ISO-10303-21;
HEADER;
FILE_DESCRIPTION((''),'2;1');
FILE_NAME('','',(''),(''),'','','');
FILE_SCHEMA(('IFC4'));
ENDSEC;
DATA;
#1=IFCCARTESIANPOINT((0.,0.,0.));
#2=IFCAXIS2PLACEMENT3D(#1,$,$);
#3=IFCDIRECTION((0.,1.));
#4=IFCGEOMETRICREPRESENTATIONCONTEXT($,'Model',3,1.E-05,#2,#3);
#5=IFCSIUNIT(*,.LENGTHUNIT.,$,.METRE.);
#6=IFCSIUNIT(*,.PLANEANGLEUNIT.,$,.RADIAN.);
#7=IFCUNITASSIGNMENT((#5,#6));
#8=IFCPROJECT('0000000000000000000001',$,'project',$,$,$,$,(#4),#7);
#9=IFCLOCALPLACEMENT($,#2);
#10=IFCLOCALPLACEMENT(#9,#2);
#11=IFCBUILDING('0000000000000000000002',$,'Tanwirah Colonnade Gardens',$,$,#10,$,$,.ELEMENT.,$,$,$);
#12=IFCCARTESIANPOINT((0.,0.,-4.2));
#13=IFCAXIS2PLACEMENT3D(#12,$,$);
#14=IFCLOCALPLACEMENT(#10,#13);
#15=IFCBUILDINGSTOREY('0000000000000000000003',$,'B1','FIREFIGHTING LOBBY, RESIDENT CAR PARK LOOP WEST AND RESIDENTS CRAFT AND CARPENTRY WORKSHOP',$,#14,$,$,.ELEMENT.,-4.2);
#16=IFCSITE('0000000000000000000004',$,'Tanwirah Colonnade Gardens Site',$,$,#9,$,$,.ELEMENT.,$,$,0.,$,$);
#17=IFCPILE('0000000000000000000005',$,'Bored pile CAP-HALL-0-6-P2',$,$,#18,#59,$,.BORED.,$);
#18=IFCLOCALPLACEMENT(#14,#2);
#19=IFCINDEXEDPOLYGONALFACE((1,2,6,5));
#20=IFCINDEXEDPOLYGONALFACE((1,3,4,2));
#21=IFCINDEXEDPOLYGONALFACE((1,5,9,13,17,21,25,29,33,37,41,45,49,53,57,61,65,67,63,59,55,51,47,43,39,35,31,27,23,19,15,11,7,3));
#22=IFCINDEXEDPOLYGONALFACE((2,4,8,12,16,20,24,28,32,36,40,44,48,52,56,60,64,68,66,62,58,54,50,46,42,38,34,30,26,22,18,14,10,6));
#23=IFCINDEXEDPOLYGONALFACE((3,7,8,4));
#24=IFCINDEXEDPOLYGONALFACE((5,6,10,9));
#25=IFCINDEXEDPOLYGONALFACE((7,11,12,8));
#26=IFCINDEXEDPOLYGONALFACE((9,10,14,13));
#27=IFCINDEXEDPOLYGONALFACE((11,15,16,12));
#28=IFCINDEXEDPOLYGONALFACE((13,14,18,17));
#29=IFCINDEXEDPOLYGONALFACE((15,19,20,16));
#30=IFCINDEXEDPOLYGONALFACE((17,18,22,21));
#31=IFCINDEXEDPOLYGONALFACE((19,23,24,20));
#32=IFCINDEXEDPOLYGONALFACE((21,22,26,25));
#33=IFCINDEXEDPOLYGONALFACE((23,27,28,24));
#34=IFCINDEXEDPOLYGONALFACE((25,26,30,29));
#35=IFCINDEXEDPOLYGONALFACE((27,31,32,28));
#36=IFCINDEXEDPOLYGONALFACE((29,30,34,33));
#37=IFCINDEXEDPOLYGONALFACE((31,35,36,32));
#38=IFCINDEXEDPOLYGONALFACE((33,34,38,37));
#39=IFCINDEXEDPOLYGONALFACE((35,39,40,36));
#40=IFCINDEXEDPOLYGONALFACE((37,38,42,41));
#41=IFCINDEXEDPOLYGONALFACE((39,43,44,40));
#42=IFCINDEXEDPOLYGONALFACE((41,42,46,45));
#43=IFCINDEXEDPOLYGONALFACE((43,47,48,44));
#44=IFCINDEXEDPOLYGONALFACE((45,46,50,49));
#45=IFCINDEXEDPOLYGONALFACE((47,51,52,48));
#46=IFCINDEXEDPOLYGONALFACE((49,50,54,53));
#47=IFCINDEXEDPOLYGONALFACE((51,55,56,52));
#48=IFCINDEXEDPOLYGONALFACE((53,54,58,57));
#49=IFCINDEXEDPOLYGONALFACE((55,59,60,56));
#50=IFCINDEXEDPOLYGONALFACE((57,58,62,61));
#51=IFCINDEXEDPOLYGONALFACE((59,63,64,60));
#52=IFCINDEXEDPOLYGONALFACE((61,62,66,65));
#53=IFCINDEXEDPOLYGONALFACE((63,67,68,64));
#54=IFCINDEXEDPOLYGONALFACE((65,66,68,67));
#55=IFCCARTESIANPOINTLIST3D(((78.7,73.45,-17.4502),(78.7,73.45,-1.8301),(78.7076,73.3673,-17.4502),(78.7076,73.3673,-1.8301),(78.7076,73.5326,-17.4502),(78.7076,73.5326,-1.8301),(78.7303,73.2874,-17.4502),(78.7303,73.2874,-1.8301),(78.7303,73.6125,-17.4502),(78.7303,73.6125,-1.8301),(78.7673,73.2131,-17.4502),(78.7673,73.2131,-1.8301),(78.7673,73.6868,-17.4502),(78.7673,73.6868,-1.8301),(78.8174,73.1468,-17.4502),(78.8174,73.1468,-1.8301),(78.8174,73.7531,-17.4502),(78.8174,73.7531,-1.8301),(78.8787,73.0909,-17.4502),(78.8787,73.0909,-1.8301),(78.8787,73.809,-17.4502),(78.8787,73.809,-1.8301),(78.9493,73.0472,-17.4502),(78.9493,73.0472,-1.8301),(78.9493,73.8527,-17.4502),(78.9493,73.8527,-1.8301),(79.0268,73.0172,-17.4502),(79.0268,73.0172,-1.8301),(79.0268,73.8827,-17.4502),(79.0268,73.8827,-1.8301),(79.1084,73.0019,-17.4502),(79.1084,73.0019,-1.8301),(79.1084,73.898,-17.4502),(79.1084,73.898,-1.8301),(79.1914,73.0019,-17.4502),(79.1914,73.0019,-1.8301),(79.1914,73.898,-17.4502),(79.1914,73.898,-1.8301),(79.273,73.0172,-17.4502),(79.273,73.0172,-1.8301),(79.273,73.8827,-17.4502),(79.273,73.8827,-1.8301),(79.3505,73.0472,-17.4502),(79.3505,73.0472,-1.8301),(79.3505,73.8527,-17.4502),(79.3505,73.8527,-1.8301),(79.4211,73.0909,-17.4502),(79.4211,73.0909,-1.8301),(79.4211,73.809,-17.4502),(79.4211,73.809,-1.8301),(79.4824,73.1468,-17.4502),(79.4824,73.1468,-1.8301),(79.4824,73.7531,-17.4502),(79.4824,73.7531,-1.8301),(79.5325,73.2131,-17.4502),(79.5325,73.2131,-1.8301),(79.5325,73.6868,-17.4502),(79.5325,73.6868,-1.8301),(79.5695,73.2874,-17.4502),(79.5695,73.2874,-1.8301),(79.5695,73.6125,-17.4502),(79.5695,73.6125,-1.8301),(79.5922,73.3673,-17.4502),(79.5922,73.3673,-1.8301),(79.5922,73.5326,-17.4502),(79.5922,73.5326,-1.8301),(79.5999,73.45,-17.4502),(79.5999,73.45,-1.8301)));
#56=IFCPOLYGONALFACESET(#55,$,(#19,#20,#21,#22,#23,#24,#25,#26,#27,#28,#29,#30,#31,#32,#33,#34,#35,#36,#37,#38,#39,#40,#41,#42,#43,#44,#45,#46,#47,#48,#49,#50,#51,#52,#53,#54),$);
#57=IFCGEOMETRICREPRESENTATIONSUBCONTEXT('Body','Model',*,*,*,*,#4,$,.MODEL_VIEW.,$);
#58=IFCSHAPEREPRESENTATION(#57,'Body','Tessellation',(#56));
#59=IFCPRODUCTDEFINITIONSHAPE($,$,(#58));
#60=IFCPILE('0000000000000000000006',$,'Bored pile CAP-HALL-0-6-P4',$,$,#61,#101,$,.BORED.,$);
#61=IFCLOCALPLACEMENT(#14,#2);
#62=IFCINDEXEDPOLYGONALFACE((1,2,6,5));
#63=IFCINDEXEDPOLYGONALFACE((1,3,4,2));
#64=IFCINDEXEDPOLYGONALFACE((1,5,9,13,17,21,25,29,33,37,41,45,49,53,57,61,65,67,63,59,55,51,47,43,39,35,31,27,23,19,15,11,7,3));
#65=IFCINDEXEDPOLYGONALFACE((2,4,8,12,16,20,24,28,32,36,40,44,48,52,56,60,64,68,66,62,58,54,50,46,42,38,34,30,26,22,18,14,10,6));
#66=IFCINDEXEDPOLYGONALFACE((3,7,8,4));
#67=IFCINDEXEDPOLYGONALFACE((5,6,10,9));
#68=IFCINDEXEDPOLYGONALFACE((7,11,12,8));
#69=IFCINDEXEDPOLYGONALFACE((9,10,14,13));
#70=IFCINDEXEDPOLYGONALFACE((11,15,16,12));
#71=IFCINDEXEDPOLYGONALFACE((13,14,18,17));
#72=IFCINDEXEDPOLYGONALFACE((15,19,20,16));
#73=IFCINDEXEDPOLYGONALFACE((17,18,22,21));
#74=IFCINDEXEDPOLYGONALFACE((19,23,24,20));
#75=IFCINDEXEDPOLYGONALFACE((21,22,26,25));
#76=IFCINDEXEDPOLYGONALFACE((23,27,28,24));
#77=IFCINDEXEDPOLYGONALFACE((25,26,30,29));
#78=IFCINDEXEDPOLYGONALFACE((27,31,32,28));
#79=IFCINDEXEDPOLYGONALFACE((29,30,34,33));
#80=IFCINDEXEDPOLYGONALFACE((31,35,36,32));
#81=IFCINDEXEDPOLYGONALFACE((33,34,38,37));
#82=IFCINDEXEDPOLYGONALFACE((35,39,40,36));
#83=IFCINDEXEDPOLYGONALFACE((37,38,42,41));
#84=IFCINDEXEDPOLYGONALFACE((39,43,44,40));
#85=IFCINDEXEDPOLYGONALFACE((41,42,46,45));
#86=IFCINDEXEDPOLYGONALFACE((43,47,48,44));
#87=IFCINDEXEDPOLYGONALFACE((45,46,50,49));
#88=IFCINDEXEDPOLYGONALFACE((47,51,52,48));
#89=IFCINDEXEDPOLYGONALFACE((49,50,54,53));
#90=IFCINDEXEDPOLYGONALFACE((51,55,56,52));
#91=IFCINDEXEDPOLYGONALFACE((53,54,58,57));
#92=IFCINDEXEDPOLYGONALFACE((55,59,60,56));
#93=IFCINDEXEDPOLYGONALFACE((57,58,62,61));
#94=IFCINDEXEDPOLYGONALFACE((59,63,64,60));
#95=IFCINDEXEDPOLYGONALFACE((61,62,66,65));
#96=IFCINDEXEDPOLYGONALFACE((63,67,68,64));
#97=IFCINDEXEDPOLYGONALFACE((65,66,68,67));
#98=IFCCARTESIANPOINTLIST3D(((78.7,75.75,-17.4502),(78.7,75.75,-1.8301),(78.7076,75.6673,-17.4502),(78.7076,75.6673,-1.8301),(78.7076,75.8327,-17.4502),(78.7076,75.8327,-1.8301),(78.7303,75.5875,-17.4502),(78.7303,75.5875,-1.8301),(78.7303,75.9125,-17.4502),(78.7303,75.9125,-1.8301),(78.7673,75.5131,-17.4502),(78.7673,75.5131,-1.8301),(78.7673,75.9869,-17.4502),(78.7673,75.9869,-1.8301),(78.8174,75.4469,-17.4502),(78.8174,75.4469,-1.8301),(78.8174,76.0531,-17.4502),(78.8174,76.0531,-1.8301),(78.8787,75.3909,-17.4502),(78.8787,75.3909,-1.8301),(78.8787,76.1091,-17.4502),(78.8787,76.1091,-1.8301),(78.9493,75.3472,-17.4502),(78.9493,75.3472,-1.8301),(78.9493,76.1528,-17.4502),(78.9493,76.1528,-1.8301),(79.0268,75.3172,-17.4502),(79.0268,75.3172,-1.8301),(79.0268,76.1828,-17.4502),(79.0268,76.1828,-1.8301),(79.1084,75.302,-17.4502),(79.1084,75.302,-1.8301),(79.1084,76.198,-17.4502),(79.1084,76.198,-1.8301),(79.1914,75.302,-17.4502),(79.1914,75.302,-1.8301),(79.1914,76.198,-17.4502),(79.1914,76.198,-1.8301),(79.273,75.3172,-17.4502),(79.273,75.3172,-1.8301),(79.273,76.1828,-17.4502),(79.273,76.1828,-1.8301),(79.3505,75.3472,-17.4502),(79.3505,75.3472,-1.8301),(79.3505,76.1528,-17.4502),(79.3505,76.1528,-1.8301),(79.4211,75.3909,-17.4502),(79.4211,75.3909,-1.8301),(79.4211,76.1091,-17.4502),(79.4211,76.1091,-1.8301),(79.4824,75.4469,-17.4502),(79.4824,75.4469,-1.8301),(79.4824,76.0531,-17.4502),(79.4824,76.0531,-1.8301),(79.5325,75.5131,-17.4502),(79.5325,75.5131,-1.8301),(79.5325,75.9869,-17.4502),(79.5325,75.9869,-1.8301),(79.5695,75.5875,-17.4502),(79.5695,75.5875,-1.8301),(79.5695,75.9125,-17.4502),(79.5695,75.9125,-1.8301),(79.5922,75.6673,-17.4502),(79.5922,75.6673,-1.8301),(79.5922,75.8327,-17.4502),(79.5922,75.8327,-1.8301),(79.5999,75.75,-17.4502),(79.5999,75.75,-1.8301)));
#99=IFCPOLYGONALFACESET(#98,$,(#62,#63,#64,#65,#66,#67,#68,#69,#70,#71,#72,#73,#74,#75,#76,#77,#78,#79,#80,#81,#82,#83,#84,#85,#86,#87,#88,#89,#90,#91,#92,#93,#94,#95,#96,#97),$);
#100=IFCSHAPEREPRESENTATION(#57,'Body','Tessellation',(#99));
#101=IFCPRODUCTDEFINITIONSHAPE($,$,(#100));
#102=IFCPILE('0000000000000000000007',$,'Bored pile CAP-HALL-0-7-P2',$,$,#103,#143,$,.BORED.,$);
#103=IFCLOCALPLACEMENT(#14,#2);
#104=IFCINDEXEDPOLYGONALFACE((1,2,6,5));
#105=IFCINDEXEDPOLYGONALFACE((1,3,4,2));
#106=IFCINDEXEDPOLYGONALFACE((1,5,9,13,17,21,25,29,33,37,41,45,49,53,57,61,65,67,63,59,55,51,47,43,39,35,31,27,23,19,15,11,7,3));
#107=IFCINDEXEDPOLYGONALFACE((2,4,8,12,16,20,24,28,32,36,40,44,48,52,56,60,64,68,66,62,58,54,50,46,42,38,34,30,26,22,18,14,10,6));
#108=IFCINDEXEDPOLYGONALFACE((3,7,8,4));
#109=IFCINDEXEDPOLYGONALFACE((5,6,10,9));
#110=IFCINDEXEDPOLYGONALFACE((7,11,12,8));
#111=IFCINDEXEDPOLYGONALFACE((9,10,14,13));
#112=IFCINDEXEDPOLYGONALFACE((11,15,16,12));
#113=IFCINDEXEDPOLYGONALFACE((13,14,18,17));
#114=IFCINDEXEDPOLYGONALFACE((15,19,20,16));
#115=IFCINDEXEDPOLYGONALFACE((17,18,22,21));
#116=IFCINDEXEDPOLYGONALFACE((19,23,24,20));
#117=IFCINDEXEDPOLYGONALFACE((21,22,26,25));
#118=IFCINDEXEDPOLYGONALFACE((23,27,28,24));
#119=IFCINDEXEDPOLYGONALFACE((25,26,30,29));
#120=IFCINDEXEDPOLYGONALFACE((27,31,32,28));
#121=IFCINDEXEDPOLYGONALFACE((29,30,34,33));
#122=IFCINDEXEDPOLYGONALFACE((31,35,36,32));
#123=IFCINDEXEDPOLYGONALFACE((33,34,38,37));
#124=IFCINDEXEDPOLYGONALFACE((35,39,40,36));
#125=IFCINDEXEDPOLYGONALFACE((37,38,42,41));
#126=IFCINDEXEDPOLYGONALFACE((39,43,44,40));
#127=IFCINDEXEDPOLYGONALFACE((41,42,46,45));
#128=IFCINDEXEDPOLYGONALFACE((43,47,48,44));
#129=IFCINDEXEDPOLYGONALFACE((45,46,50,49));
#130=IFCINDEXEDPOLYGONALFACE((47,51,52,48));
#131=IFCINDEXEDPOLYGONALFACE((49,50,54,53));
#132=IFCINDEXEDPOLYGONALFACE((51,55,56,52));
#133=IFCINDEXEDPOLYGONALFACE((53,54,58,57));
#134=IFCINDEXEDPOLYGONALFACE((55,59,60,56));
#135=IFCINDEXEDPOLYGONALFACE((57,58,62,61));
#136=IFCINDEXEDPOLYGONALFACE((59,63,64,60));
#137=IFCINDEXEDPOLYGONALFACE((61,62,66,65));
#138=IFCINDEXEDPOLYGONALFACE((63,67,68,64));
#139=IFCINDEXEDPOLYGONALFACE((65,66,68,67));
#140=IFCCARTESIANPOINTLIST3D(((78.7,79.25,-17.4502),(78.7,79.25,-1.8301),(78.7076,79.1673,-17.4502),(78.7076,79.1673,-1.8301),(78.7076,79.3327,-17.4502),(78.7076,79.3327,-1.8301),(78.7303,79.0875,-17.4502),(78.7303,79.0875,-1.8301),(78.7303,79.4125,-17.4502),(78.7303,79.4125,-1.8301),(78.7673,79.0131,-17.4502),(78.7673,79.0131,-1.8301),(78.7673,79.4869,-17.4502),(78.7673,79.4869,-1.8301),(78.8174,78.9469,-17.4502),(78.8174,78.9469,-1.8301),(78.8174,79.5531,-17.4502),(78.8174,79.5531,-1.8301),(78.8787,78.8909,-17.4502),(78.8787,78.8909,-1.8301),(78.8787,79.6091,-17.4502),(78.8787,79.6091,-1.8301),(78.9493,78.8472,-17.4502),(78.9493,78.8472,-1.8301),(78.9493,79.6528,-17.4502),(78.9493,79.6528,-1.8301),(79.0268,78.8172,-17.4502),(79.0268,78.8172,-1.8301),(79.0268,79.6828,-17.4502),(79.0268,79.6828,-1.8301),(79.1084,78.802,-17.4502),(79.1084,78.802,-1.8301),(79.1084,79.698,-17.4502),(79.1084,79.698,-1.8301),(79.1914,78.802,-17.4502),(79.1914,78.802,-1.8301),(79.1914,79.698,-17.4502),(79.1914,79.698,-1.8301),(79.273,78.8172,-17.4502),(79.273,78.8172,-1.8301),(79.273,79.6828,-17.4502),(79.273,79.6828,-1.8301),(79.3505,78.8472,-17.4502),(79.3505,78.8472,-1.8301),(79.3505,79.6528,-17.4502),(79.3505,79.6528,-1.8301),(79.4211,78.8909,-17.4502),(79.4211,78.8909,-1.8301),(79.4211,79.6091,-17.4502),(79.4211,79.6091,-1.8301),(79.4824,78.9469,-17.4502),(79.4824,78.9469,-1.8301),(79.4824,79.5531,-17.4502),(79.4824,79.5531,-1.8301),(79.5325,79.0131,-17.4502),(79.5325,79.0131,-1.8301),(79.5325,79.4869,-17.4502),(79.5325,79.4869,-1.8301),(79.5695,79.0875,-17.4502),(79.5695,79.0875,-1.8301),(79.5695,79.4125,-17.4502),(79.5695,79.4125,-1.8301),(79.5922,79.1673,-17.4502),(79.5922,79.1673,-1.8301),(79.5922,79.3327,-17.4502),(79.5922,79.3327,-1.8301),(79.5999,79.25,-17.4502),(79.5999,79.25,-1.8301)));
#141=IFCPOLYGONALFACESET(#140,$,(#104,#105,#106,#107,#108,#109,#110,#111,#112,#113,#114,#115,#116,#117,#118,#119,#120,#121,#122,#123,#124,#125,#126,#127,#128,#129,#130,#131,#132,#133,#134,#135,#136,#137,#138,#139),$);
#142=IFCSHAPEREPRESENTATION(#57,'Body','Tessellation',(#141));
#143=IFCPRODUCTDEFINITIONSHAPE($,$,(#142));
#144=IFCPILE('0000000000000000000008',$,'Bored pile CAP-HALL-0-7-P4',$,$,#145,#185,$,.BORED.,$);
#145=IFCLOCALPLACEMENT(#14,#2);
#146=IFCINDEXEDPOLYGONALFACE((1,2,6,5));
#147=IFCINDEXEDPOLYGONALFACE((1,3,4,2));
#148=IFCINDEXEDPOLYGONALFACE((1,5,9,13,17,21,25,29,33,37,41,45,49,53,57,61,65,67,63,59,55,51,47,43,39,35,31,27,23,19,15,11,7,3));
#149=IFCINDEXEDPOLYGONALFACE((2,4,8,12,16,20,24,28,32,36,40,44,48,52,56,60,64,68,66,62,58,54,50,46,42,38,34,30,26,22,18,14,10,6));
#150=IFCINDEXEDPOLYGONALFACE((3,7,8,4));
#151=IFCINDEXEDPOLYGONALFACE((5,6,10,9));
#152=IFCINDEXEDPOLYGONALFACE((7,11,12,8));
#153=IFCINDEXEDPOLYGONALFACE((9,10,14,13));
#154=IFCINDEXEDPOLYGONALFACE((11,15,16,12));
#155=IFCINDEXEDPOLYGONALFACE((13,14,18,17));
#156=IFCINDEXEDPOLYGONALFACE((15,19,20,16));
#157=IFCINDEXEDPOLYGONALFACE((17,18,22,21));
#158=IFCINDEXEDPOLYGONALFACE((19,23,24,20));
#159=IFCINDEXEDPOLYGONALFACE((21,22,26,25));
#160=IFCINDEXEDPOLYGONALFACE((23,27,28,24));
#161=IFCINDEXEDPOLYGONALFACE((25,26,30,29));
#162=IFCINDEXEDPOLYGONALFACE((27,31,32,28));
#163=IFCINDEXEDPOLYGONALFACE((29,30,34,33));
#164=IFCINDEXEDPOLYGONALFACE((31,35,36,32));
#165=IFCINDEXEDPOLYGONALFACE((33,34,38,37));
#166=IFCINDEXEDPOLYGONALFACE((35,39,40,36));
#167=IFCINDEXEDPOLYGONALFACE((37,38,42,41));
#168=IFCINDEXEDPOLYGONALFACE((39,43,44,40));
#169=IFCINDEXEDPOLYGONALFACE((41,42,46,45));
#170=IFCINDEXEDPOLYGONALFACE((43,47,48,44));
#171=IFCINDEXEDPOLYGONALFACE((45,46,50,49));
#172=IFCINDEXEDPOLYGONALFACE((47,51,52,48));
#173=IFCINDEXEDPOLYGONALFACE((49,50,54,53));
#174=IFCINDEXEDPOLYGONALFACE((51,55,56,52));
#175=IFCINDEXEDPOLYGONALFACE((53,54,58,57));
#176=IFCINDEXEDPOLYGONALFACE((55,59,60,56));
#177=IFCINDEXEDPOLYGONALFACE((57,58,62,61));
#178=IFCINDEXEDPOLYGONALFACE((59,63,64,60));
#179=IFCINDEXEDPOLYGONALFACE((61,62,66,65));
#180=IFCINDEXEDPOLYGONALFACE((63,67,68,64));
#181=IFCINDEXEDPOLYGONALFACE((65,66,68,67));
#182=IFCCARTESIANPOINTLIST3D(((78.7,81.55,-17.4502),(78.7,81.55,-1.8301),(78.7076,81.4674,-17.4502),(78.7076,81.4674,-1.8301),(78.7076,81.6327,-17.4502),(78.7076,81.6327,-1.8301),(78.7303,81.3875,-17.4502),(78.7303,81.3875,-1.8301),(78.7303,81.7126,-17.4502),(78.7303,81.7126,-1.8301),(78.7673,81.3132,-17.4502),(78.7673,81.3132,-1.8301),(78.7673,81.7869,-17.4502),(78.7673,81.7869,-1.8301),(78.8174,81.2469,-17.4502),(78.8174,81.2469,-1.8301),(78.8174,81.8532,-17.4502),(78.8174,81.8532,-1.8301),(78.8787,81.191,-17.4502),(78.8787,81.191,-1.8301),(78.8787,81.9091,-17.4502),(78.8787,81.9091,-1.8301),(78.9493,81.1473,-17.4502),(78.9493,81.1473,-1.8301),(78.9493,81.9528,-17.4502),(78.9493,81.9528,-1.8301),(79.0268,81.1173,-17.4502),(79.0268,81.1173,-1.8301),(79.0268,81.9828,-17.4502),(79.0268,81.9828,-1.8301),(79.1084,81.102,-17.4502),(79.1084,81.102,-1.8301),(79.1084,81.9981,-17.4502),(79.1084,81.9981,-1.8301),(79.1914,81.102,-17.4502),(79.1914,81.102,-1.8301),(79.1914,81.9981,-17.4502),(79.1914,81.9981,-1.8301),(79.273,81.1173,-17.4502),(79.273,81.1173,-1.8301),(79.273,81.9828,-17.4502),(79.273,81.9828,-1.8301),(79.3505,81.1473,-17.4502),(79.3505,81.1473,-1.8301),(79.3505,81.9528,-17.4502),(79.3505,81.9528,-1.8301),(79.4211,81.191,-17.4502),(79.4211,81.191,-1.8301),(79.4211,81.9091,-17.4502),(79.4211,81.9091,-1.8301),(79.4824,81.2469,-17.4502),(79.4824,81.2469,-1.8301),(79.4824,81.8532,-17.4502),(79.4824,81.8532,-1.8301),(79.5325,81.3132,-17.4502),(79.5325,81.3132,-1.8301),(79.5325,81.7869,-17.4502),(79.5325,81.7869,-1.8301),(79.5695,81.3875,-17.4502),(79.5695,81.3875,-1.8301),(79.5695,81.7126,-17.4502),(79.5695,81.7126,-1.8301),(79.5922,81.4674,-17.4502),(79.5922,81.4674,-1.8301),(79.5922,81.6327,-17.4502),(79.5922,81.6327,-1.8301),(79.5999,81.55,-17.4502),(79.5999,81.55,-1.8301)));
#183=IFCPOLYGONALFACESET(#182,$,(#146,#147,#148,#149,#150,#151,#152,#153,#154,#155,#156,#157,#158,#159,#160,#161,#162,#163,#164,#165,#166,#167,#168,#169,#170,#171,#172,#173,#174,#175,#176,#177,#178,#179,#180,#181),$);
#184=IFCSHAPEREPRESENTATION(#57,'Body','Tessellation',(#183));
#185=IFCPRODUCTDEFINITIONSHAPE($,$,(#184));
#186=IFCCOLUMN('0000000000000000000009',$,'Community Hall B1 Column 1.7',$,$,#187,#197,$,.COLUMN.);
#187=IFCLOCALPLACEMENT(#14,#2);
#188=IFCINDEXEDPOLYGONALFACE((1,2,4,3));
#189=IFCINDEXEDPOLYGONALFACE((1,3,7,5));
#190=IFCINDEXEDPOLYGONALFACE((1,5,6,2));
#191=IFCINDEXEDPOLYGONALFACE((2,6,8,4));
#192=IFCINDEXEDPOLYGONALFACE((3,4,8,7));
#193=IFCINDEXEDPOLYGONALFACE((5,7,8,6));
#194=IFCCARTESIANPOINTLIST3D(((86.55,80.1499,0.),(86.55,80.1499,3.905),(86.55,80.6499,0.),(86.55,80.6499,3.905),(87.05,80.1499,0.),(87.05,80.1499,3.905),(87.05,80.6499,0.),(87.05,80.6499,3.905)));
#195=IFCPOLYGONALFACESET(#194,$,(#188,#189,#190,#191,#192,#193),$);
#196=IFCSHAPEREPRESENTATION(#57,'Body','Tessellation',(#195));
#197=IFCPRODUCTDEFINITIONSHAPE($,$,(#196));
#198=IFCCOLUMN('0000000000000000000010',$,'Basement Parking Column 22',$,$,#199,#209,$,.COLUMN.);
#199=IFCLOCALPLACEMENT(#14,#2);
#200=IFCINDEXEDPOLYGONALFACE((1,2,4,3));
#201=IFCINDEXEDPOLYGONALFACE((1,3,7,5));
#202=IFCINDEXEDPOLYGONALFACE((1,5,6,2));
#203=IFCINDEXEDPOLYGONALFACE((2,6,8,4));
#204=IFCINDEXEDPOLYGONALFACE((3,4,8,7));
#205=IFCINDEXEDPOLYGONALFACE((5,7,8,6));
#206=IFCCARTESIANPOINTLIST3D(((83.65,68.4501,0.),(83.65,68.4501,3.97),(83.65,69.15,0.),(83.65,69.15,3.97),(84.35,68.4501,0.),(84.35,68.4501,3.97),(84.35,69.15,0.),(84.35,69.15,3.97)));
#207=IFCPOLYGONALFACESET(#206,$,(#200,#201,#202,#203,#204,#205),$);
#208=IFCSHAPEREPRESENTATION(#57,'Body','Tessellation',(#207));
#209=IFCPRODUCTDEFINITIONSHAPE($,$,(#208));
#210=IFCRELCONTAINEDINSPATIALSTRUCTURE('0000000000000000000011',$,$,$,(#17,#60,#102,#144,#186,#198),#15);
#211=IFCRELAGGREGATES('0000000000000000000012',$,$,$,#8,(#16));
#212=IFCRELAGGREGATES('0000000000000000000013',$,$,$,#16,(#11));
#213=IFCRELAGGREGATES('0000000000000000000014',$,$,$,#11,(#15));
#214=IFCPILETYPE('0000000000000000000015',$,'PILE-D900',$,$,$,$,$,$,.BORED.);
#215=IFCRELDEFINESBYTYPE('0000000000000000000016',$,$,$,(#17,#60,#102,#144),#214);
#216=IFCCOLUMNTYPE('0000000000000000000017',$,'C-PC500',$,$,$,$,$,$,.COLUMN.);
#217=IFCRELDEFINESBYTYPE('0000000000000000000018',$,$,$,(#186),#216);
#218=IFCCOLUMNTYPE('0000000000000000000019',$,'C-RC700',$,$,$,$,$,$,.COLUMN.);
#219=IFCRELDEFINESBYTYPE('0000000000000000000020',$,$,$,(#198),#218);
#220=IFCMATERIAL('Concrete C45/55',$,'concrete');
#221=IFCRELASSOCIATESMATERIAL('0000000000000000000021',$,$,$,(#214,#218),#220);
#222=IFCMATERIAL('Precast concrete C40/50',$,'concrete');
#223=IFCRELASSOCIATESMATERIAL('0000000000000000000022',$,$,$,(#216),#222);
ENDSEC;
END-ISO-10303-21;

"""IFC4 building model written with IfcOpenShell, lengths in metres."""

from ifc_helpers import new_model, si_unit, direction, frame, origin, origin_2d, place, context, subcontext, project, spatial, rectangle, circle, extrude, material, material_profile, profile_set, type_object, element, save


model = new_model("IFC4")

# Units and contexts
model_context = context("Model", 3, precision=1e-05, world=origin(), true_north=direction((0.0, 1.0)))
body_context = subcontext(model_context, "Body", "Model", "MODEL_VIEW")
ifc_project = project(units=[si_unit("LENGTHUNIT", "METRE"), si_unit("PLANEANGLEUNIT", "RADIAN")], contexts=[model_context])

# Site, building, storey
site_placement = place(None, origin())
site = spatial("IfcSite", under=ifc_project, at=site_placement, Name="Tanwirah Colonnade Gardens Site", CompositionType="ELEMENT", RefElevation=0.0)
building_placement = place(site_placement, origin())
building = spatial("IfcBuilding", under=site, at=building_placement, Name="Tanwirah Colonnade Gardens", CompositionType="ELEMENT")
storey_placement = place(building_placement, frame((0.0, 0.0, -4.2)))
storey = spatial("IfcBuildingStorey", under=building, at=storey_placement, Name="B1", Description="FIREFIGHTING LOBBY, RESIDENT CAR PARK LOOP WEST AND RESIDENTS CRAFT AND CARPENTRY WORKSHOP", CompositionType="ELEMENT", Elevation=-4.2)

# Shared definitions
ifc_material_1 = material(Name="Concrete C45/55", Category="concrete")

# Piles
ifc_material_profile_1 = material_profile(ifc_material_1, circle(Radius=0.45, at=origin_2d()), Name="PILE D900")
ifc_profile_set_1 = profile_set([ifc_material_profile_1], Name="Concrete C45/55")
pile_type_1 = type_object("IfcPileType", Name="PILE-D900", PredefinedType="BORED", material=ifc_profile_set_1)
for number, where, z_axis, x_axis, name in (
    (1, (79.1499, 73.45, -1.8301), (0.0, 0.0, -1.0), (1.0, 0.0, 0.0), "Bored pile CAP-HALL-0-6-P2"),
    (2, (79.1499, 75.75, -1.8301), (0.0, 0.0, -1.0), (1.0, 0.0, 0.0), "Bored pile CAP-HALL-0-6-P4"),
    (3, (79.1499, 79.25, -1.8301), (0.0, 0.0, -1.0), (1.0, 0.0, 0.0), "Bored pile CAP-HALL-0-7-P2"),
    (4, (79.1499, 81.55, -1.8301), (0.0, 0.0, -1.0), (1.0, 0.0, 0.0), "Bored pile CAP-HALL-0-7-P4"),
):
    element("IfcPile", number, at=place(storey_placement, frame(where, z_axis=z_axis, x_axis=x_axis)), inside=storey, type_object=pile_type_1, Name=name, PredefinedType="BORED", context=body_context, shape_type="SweptSolid", body=[
        extrude(circle(Radius=0.45, at=origin_2d()), origin(), (0.0, 0.0, 1.0), 15.6201),
    ])

# Columns
ifc_material_2 = material(Name="Precast concrete C40/50", Category="concrete")
ifc_material_profile_2 = material_profile(ifc_material_2, rectangle(XDim=0.5, YDim=0.5, at=origin_2d()), Name="PC-COL 500x500")
ifc_profile_set_2 = profile_set([ifc_material_profile_2], Name="Precast concrete C40/50")
column_type_1 = type_object("IfcColumnType", Name="C-PC500", PredefinedType="COLUMN", material=ifc_profile_set_2)
column_1_placement = place(storey_placement, frame((86.8, 80.3999, 0.0), z_axis=(0.0, 0.0, 1.0), x_axis=(1.0, 0.0, 0.0)))
element("IfcColumn", 5, at=column_1_placement, inside=storey, type_object=column_type_1, Name="Community Hall B1 Column 1.7", PredefinedType="COLUMN", context=body_context, shape_type="SweptSolid", body=[
    extrude(rectangle(XDim=0.5, YDim=0.5, at=origin_2d()), origin(), (0.0, 0.0, 1.0), 3.905),
])
ifc_material_profile_3 = material_profile(ifc_material_1, rectangle(XDim=0.7, YDim=0.7, at=origin_2d()), Name="RC-COL 700x700")
ifc_profile_set_3 = profile_set([ifc_material_profile_3], Name="Concrete C45/55")
column_type_2 = type_object("IfcColumnType", Name="C-RC700", PredefinedType="COLUMN", material=ifc_profile_set_3)
column_2_placement = place(storey_placement, frame((84.0, 68.8, 0.0), z_axis=(0.0, 0.0, 1.0), x_axis=(1.0, 0.0, 0.0)))
element("IfcColumn", 6, at=column_2_placement, inside=storey, type_object=column_type_2, Name="Basement Parking Column 22", PredefinedType="COLUMN", context=body_context, shape_type="SweptSolid", body=[
    extrude(rectangle(XDim=0.7, YDim=0.7, at=origin_2d()), origin(), (0.0, 0.0, 1.0), 3.97),
])

save(model, "model.ifc")
